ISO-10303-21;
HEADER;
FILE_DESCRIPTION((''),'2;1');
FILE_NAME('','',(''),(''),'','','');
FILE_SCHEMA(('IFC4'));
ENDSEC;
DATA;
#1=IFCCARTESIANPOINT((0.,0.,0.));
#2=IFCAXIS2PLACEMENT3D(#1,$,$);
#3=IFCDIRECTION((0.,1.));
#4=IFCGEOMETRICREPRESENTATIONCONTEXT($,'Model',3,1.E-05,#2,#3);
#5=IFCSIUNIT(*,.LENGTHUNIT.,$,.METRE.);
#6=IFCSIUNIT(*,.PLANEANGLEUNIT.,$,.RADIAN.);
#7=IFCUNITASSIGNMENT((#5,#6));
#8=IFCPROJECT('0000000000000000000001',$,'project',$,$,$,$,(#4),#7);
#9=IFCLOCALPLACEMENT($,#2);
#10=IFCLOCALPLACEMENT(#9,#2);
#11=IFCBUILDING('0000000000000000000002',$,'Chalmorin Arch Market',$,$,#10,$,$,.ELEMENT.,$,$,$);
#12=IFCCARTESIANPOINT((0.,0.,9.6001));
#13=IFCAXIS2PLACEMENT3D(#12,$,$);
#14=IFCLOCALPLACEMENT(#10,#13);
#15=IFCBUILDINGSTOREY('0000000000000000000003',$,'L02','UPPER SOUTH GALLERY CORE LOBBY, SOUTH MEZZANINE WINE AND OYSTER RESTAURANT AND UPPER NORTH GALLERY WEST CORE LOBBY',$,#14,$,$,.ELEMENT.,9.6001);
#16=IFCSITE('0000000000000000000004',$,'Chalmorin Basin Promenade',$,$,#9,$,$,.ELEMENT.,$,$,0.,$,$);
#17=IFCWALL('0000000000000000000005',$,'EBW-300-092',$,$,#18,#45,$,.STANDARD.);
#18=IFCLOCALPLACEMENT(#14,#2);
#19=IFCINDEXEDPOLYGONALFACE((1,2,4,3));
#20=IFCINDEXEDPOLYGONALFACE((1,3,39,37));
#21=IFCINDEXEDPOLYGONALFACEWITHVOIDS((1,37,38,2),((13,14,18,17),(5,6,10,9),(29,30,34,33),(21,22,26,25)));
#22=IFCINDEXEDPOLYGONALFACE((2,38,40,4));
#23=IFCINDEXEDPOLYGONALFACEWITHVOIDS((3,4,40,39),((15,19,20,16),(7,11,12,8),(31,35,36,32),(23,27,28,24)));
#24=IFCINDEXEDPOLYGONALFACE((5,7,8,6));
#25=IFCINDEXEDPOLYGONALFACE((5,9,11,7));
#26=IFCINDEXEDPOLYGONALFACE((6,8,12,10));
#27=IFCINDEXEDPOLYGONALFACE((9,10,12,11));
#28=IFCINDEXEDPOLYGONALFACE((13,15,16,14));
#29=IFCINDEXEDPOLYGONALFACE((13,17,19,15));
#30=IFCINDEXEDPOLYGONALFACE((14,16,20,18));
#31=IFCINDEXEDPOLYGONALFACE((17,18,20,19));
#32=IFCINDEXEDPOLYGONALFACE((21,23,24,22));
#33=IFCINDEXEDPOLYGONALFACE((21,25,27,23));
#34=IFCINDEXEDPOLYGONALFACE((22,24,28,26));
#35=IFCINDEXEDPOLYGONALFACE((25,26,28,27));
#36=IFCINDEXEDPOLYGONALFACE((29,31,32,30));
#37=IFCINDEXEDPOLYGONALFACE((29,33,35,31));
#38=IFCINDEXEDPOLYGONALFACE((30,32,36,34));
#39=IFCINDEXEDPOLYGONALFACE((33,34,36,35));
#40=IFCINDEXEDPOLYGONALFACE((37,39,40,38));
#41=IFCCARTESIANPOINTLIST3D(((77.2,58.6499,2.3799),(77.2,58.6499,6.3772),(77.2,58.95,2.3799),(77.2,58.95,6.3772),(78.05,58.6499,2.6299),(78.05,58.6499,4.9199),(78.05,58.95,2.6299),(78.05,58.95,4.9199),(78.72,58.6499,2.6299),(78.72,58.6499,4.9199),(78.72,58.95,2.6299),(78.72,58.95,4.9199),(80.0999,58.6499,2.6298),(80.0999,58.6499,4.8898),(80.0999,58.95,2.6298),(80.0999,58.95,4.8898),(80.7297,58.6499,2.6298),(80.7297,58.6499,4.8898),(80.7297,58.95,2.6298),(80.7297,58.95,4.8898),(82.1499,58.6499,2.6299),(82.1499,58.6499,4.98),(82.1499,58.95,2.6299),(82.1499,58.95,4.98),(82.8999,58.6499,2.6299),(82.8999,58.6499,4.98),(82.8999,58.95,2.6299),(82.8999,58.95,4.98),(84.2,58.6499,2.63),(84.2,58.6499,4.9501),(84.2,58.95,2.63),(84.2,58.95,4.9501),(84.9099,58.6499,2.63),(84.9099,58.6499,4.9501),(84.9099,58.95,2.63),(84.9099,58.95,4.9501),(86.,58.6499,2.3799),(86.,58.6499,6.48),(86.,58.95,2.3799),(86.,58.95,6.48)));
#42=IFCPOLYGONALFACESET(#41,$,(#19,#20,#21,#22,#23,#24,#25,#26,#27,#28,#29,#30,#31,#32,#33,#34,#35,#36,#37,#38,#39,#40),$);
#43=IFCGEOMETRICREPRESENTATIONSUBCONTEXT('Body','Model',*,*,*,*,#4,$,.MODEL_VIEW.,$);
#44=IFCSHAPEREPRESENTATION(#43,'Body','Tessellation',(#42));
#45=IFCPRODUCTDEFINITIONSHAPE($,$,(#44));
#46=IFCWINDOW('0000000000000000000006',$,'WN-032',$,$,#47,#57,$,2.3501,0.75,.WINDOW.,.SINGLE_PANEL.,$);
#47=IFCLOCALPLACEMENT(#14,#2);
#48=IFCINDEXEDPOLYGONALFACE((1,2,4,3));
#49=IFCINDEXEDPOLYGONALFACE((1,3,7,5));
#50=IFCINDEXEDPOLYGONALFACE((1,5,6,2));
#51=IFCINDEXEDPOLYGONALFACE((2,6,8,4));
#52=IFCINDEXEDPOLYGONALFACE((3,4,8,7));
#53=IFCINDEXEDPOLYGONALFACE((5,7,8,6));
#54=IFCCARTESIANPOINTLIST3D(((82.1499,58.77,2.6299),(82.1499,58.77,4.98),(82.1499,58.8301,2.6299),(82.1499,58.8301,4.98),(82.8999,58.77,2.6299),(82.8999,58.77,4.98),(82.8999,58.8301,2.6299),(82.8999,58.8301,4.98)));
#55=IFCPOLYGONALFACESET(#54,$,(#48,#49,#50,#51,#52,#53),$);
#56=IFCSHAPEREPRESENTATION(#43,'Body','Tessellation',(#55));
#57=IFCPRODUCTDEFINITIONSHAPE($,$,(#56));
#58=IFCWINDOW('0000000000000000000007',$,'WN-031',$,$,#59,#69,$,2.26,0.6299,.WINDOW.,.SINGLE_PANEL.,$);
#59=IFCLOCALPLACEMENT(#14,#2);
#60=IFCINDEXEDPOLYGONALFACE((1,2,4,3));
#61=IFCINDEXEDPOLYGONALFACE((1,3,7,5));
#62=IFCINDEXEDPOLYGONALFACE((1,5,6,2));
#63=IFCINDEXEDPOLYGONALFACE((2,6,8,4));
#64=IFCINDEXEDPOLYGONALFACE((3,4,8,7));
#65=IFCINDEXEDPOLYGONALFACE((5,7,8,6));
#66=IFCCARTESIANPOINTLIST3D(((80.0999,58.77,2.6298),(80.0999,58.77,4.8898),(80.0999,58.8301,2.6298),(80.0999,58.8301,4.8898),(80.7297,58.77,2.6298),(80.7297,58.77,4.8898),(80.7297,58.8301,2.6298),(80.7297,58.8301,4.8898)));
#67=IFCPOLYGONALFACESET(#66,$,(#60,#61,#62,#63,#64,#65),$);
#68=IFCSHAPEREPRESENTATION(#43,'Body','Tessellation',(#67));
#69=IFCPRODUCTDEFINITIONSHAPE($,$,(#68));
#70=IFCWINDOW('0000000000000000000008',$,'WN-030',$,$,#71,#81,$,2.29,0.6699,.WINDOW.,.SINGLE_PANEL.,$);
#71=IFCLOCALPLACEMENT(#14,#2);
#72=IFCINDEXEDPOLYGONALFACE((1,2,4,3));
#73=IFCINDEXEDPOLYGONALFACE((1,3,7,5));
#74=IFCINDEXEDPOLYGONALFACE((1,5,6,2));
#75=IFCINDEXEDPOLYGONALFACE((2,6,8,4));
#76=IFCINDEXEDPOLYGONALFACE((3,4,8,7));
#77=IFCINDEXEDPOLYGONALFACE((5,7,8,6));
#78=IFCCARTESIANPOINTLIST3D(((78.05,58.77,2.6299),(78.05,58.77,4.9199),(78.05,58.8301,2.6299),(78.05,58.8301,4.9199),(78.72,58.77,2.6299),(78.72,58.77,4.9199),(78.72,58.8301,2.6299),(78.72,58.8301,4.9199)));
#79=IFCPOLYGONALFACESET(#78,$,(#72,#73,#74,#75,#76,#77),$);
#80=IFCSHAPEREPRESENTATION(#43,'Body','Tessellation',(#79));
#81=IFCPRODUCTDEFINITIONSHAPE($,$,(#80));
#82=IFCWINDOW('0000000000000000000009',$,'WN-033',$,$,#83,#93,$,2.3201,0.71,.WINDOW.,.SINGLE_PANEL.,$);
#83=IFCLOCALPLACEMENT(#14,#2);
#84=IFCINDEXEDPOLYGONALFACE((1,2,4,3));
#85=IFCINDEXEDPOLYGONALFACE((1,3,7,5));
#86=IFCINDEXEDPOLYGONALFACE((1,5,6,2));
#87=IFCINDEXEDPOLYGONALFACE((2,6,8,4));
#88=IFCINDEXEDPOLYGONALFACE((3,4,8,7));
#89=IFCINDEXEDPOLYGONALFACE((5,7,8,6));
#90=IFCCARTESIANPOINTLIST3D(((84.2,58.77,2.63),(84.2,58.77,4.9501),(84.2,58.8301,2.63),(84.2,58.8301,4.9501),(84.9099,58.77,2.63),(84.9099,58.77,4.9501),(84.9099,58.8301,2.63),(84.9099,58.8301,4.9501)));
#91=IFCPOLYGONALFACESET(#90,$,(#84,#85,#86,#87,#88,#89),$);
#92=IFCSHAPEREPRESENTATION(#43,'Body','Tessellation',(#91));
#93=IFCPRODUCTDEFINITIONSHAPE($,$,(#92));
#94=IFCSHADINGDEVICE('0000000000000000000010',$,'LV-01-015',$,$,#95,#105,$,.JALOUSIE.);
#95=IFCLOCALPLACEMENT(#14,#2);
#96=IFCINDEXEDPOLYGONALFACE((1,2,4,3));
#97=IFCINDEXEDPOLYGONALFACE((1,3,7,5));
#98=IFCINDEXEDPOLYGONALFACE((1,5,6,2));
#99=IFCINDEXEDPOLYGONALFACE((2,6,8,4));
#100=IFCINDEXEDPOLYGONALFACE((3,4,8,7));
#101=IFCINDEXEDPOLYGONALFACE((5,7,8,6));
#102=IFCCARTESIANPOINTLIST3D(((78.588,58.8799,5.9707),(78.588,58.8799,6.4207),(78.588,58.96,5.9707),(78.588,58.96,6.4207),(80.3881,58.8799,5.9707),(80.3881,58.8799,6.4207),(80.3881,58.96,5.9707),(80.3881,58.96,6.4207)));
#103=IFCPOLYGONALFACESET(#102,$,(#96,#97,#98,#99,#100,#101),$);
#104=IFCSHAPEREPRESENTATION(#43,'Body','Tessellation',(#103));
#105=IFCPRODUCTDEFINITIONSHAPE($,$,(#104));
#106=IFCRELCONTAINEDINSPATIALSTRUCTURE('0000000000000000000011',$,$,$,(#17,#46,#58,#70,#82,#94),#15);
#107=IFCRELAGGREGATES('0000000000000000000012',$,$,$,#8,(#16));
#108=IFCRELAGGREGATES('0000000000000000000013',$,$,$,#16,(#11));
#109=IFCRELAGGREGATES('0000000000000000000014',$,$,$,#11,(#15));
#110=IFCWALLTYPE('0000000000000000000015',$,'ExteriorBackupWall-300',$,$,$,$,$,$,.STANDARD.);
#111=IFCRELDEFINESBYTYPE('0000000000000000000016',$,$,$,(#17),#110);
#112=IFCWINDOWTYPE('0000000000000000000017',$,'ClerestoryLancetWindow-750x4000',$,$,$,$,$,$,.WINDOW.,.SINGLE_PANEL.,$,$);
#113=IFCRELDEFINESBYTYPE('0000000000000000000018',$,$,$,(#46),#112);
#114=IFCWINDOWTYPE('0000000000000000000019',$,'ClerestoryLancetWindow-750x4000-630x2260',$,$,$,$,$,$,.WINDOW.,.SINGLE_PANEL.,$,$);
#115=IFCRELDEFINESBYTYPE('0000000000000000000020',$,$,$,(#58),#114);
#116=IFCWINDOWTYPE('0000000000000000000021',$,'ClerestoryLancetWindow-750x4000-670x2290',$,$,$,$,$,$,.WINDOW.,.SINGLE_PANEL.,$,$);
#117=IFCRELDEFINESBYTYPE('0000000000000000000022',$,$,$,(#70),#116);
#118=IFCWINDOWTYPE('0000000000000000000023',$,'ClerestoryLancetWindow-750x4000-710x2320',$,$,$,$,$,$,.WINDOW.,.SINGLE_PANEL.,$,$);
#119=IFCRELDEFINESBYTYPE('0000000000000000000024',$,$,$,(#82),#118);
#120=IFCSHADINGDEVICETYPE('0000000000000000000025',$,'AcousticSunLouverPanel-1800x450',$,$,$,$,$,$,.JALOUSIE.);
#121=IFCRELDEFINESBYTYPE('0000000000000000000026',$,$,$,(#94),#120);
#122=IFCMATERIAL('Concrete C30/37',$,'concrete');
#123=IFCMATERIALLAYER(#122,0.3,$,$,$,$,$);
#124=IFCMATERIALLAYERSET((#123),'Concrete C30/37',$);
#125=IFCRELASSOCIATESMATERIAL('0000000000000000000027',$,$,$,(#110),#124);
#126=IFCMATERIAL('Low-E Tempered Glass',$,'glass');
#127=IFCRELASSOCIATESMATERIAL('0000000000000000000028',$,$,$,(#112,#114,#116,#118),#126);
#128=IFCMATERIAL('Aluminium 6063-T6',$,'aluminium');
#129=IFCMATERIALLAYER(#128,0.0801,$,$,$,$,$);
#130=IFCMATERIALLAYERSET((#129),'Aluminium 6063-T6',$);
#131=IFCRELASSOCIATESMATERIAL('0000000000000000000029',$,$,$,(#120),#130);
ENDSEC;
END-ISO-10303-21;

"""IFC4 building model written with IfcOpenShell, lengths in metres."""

from ifc_helpers import new_model, si_unit, direction, frame, frame_2d, origin, origin_2d, place, context, subcontext, project, spatial, polyline, rectangle, outline, extrude, material, layer, layer_set, type_object, element, fill, save


model = new_model("IFC4")

# Units and contexts
model_context = context("Model", 3, precision=1e-05, world=origin(), true_north=direction((0.0, 1.0)))
body_context = subcontext(model_context, "Body", "Model", "MODEL_VIEW")
ifc_project = project(units=[si_unit("LENGTHUNIT", "METRE"), si_unit("PLANEANGLEUNIT", "RADIAN")], contexts=[model_context])

# Site, building, storey
site_placement = place(None, origin())
site = spatial("IfcSite", under=ifc_project, at=site_placement, Name="Chalmorin Basin Promenade", CompositionType="ELEMENT", RefElevation=0.0)
building_placement = place(site_placement, origin())
building = spatial("IfcBuilding", under=site, at=building_placement, Name="Chalmorin Arch Market", CompositionType="ELEMENT")
storey_placement = place(building_placement, frame((0.0, 0.0, 9.6001)))
storey = spatial("IfcBuildingStorey", under=building, at=storey_placement, Name="L02", Description="UPPER SOUTH GALLERY CORE LOBBY, SOUTH MEZZANINE WINE AND OYSTER RESTAURANT AND UPPER NORTH GALLERY WEST CORE LOBBY", CompositionType="ELEMENT", Elevation=9.6001)

# Shared definitions
ifc_material_1 = material(Name="Aluminium 6063-T6", Category="aluminium")

# Shared definitions
ifc_material_2 = material(Name="Low-E Tempered Glass", Category="glass")

# Shared definitions
ifc_material_3 = material(Name="Concrete C30/37", Category="concrete")
ifc_layer_1 = layer(ifc_material_3, 0.3)
ifc_layer_set_1 = layer_set([ifc_layer_1], Name="Concrete C30/37")
wall_type = type_object("IfcWallType", Name="ExteriorBackupWall-300", PredefinedType="STANDARD", material=ifc_layer_set_1)

# Wall, openings, windows
wall_1_placement = place(storey_placement, frame((77.2, 58.8, 2.3799), z_axis=(0.0, 0.0, 1.0), x_axis=(1.0, 0.0, 0.0)))
wall_1 = element("IfcWall", 1, at=wall_1_placement, inside=storey, type_object=wall_type, Name="EBW-300-092", PredefinedType="STANDARD", context=body_context, shape_type="SweptSolid", body=[
    extrude(outline(polyline([(0.0, 0.0), (8.8, 0.0), (8.8, 4.1001), (0.0, 3.9973), (0.0, 0.0)])), frame((0.0, 0.1499, 0.0), z_axis=(0.0, -1.0, 0.0), x_axis=(1.0, 0.0, 0.0)), (0.0, 0.0, 1.0), 0.3),
])
opening_1_placement = place(wall_1_placement, frame((0.8501, 0.0, 0.25)))
opening_1 = element("IfcOpeningElement", 2, at=opening_1_placement, cuts=wall_1, PredefinedType="OPENING", context=body_context, shape_type="SweptSolid", body=[
    extrude(rectangle(XDim=0.6699, YDim=2.29, at=frame_2d((0.335, 1.145))), frame((0.0, 0.1599, 0.0), z_axis=(0.0, -1.0, 0.0), x_axis=(1.0, 0.0, 0.0)), (0.0, 0.0, 1.0), 0.3201),
])
opening_2_placement = place(wall_1_placement, frame((2.8999, 0.0, 0.25)))
opening_2 = element("IfcOpeningElement", 3, at=opening_2_placement, cuts=wall_1, PredefinedType="OPENING", context=body_context, shape_type="SweptSolid", body=[
    extrude(rectangle(XDim=0.6299, YDim=2.26, at=frame_2d((0.3149, 1.1299))), frame((0.0, 0.1599, 0.0), z_axis=(0.0, -1.0, 0.0), x_axis=(1.0, 0.0, 0.0)), (0.0, 0.0, 1.0), 0.3201),
])
opening_3_placement = place(wall_1_placement, frame((4.95, 0.0, 0.25)))
opening_3 = element("IfcOpeningElement", 4, at=opening_3_placement, cuts=wall_1, PredefinedType="OPENING", context=body_context, shape_type="SweptSolid", body=[
    extrude(rectangle(XDim=0.75, YDim=2.3501, at=frame_2d((0.375, 1.175))), frame((0.0, 0.1599, 0.0), z_axis=(0.0, -1.0, 0.0), x_axis=(1.0, 0.0, 0.0)), (0.0, 0.0, 1.0), 0.3201),
])
opening_4_placement = place(wall_1_placement, frame((7.0, 0.0, 0.25)))
opening_4 = element("IfcOpeningElement", 5, at=opening_4_placement, cuts=wall_1, PredefinedType="OPENING", context=body_context, shape_type="SweptSolid", body=[
    extrude(rectangle(XDim=0.71, YDim=2.3201, at=frame_2d((0.355, 1.1602))), frame((0.0, 0.1599, 0.0), z_axis=(0.0, -1.0, 0.0), x_axis=(1.0, 0.0, 0.0)), (0.0, 0.0, 1.0), 0.3201),
])
window_type_1 = type_object("IfcWindowType", Name="ClerestoryLancetWindow-750x4000", PartitioningType="SINGLE_PANEL", PredefinedType="WINDOW", material=ifc_material_2)
window_1_placement = place(opening_3_placement, origin())
window_1 = element("IfcWindow", 6, at=window_1_placement, inside=storey, type_object=window_type_1, Name="WN-032", OverallHeight=2.3501, OverallWidth=0.75, PartitioningType="SINGLE_PANEL", PredefinedType="WINDOW", context=body_context, shape_type="SweptSolid", body=[
    extrude(rectangle(XDim=0.75, YDim=2.3501, at=frame_2d((0.375, 1.175))), frame((0.0, 0.03, 0.0), z_axis=(0.0, -1.0, 0.0), x_axis=(1.0, 0.0, 0.0)), (0.0, 0.0, 1.0), 0.0601),
])
fill(opening_3, window_1)
window_type_2 = type_object("IfcWindowType", Name="ClerestoryLancetWindow-750x4000-630x2260", PartitioningType="SINGLE_PANEL", PredefinedType="WINDOW", material=ifc_material_2)
window_2_placement = place(opening_2_placement, origin())
window_2 = element("IfcWindow", 7, at=window_2_placement, inside=storey, type_object=window_type_2, Name="WN-031", OverallHeight=2.26, OverallWidth=0.6299, PartitioningType="SINGLE_PANEL", PredefinedType="WINDOW", context=body_context, shape_type="SweptSolid", body=[
    extrude(rectangle(XDim=0.6299, YDim=2.26, at=frame_2d((0.3149, 1.1299))), frame((0.0, 0.03, 0.0), z_axis=(0.0, -1.0, 0.0), x_axis=(1.0, 0.0, 0.0)), (0.0, 0.0, 1.0), 0.0601),
])
fill(opening_2, window_2)
window_type_3 = type_object("IfcWindowType", Name="ClerestoryLancetWindow-750x4000-670x2290", PartitioningType="SINGLE_PANEL", PredefinedType="WINDOW", material=ifc_material_2)
window_3_placement = place(opening_1_placement, origin())
window_3 = element("IfcWindow", 8, at=window_3_placement, inside=storey, type_object=window_type_3, Name="WN-030", OverallHeight=2.29, OverallWidth=0.6699, PartitioningType="SINGLE_PANEL", PredefinedType="WINDOW", context=body_context, shape_type="SweptSolid", body=[
    extrude(rectangle(XDim=0.6699, YDim=2.29, at=frame_2d((0.335, 1.145))), frame((0.0, 0.03, 0.0), z_axis=(0.0, -1.0, 0.0), x_axis=(1.0, 0.0, 0.0)), (0.0, 0.0, 1.0), 0.0601),
])
fill(opening_1, window_3)
window_type_4 = type_object("IfcWindowType", Name="ClerestoryLancetWindow-750x4000-710x2320", PartitioningType="SINGLE_PANEL", PredefinedType="WINDOW", material=ifc_material_2)
window_4_placement = place(opening_4_placement, origin())
window_4 = element("IfcWindow", 9, at=window_4_placement, inside=storey, type_object=window_type_4, Name="WN-033", OverallHeight=2.3201, OverallWidth=0.71, PartitioningType="SINGLE_PANEL", PredefinedType="WINDOW", context=body_context, shape_type="SweptSolid", body=[
    extrude(rectangle(XDim=0.71, YDim=2.3201, at=frame_2d((0.355, 1.1602))), frame((0.0, 0.03, 0.0), z_axis=(0.0, -1.0, 0.0), x_axis=(1.0, 0.0, 0.0)), (0.0, 0.0, 1.0), 0.0601),
])
fill(opening_4, window_4)

# Shading device
ifc_layer_2 = layer(ifc_material_1, 0.0801)
ifc_layer_set_2 = layer_set([ifc_layer_2], Name="Aluminium 6063-T6")
shading_device_type = type_object("IfcShadingDeviceType", Name="AcousticSunLouverPanel-1800x450", PredefinedType="JALOUSIE", material=ifc_layer_set_2)
shading_device_placement = place(storey_placement, frame((79.488, 58.9199, 5.9707), z_axis=(0.0, 0.0, 1.0), x_axis=(1.0, 0.0, 0.0)))
element("IfcShadingDevice", 10, at=shading_device_placement, inside=storey, type_object=shading_device_type, Name="LV-01-015", PredefinedType="JALOUSIE", context=body_context, shape_type="SweptSolid", body=[
    extrude(rectangle(XDim=1.8, YDim=0.0801, at=origin_2d()), origin(), (0.0, 0.0, 1.0), 0.45),
])

save(model, "model.ifc")
